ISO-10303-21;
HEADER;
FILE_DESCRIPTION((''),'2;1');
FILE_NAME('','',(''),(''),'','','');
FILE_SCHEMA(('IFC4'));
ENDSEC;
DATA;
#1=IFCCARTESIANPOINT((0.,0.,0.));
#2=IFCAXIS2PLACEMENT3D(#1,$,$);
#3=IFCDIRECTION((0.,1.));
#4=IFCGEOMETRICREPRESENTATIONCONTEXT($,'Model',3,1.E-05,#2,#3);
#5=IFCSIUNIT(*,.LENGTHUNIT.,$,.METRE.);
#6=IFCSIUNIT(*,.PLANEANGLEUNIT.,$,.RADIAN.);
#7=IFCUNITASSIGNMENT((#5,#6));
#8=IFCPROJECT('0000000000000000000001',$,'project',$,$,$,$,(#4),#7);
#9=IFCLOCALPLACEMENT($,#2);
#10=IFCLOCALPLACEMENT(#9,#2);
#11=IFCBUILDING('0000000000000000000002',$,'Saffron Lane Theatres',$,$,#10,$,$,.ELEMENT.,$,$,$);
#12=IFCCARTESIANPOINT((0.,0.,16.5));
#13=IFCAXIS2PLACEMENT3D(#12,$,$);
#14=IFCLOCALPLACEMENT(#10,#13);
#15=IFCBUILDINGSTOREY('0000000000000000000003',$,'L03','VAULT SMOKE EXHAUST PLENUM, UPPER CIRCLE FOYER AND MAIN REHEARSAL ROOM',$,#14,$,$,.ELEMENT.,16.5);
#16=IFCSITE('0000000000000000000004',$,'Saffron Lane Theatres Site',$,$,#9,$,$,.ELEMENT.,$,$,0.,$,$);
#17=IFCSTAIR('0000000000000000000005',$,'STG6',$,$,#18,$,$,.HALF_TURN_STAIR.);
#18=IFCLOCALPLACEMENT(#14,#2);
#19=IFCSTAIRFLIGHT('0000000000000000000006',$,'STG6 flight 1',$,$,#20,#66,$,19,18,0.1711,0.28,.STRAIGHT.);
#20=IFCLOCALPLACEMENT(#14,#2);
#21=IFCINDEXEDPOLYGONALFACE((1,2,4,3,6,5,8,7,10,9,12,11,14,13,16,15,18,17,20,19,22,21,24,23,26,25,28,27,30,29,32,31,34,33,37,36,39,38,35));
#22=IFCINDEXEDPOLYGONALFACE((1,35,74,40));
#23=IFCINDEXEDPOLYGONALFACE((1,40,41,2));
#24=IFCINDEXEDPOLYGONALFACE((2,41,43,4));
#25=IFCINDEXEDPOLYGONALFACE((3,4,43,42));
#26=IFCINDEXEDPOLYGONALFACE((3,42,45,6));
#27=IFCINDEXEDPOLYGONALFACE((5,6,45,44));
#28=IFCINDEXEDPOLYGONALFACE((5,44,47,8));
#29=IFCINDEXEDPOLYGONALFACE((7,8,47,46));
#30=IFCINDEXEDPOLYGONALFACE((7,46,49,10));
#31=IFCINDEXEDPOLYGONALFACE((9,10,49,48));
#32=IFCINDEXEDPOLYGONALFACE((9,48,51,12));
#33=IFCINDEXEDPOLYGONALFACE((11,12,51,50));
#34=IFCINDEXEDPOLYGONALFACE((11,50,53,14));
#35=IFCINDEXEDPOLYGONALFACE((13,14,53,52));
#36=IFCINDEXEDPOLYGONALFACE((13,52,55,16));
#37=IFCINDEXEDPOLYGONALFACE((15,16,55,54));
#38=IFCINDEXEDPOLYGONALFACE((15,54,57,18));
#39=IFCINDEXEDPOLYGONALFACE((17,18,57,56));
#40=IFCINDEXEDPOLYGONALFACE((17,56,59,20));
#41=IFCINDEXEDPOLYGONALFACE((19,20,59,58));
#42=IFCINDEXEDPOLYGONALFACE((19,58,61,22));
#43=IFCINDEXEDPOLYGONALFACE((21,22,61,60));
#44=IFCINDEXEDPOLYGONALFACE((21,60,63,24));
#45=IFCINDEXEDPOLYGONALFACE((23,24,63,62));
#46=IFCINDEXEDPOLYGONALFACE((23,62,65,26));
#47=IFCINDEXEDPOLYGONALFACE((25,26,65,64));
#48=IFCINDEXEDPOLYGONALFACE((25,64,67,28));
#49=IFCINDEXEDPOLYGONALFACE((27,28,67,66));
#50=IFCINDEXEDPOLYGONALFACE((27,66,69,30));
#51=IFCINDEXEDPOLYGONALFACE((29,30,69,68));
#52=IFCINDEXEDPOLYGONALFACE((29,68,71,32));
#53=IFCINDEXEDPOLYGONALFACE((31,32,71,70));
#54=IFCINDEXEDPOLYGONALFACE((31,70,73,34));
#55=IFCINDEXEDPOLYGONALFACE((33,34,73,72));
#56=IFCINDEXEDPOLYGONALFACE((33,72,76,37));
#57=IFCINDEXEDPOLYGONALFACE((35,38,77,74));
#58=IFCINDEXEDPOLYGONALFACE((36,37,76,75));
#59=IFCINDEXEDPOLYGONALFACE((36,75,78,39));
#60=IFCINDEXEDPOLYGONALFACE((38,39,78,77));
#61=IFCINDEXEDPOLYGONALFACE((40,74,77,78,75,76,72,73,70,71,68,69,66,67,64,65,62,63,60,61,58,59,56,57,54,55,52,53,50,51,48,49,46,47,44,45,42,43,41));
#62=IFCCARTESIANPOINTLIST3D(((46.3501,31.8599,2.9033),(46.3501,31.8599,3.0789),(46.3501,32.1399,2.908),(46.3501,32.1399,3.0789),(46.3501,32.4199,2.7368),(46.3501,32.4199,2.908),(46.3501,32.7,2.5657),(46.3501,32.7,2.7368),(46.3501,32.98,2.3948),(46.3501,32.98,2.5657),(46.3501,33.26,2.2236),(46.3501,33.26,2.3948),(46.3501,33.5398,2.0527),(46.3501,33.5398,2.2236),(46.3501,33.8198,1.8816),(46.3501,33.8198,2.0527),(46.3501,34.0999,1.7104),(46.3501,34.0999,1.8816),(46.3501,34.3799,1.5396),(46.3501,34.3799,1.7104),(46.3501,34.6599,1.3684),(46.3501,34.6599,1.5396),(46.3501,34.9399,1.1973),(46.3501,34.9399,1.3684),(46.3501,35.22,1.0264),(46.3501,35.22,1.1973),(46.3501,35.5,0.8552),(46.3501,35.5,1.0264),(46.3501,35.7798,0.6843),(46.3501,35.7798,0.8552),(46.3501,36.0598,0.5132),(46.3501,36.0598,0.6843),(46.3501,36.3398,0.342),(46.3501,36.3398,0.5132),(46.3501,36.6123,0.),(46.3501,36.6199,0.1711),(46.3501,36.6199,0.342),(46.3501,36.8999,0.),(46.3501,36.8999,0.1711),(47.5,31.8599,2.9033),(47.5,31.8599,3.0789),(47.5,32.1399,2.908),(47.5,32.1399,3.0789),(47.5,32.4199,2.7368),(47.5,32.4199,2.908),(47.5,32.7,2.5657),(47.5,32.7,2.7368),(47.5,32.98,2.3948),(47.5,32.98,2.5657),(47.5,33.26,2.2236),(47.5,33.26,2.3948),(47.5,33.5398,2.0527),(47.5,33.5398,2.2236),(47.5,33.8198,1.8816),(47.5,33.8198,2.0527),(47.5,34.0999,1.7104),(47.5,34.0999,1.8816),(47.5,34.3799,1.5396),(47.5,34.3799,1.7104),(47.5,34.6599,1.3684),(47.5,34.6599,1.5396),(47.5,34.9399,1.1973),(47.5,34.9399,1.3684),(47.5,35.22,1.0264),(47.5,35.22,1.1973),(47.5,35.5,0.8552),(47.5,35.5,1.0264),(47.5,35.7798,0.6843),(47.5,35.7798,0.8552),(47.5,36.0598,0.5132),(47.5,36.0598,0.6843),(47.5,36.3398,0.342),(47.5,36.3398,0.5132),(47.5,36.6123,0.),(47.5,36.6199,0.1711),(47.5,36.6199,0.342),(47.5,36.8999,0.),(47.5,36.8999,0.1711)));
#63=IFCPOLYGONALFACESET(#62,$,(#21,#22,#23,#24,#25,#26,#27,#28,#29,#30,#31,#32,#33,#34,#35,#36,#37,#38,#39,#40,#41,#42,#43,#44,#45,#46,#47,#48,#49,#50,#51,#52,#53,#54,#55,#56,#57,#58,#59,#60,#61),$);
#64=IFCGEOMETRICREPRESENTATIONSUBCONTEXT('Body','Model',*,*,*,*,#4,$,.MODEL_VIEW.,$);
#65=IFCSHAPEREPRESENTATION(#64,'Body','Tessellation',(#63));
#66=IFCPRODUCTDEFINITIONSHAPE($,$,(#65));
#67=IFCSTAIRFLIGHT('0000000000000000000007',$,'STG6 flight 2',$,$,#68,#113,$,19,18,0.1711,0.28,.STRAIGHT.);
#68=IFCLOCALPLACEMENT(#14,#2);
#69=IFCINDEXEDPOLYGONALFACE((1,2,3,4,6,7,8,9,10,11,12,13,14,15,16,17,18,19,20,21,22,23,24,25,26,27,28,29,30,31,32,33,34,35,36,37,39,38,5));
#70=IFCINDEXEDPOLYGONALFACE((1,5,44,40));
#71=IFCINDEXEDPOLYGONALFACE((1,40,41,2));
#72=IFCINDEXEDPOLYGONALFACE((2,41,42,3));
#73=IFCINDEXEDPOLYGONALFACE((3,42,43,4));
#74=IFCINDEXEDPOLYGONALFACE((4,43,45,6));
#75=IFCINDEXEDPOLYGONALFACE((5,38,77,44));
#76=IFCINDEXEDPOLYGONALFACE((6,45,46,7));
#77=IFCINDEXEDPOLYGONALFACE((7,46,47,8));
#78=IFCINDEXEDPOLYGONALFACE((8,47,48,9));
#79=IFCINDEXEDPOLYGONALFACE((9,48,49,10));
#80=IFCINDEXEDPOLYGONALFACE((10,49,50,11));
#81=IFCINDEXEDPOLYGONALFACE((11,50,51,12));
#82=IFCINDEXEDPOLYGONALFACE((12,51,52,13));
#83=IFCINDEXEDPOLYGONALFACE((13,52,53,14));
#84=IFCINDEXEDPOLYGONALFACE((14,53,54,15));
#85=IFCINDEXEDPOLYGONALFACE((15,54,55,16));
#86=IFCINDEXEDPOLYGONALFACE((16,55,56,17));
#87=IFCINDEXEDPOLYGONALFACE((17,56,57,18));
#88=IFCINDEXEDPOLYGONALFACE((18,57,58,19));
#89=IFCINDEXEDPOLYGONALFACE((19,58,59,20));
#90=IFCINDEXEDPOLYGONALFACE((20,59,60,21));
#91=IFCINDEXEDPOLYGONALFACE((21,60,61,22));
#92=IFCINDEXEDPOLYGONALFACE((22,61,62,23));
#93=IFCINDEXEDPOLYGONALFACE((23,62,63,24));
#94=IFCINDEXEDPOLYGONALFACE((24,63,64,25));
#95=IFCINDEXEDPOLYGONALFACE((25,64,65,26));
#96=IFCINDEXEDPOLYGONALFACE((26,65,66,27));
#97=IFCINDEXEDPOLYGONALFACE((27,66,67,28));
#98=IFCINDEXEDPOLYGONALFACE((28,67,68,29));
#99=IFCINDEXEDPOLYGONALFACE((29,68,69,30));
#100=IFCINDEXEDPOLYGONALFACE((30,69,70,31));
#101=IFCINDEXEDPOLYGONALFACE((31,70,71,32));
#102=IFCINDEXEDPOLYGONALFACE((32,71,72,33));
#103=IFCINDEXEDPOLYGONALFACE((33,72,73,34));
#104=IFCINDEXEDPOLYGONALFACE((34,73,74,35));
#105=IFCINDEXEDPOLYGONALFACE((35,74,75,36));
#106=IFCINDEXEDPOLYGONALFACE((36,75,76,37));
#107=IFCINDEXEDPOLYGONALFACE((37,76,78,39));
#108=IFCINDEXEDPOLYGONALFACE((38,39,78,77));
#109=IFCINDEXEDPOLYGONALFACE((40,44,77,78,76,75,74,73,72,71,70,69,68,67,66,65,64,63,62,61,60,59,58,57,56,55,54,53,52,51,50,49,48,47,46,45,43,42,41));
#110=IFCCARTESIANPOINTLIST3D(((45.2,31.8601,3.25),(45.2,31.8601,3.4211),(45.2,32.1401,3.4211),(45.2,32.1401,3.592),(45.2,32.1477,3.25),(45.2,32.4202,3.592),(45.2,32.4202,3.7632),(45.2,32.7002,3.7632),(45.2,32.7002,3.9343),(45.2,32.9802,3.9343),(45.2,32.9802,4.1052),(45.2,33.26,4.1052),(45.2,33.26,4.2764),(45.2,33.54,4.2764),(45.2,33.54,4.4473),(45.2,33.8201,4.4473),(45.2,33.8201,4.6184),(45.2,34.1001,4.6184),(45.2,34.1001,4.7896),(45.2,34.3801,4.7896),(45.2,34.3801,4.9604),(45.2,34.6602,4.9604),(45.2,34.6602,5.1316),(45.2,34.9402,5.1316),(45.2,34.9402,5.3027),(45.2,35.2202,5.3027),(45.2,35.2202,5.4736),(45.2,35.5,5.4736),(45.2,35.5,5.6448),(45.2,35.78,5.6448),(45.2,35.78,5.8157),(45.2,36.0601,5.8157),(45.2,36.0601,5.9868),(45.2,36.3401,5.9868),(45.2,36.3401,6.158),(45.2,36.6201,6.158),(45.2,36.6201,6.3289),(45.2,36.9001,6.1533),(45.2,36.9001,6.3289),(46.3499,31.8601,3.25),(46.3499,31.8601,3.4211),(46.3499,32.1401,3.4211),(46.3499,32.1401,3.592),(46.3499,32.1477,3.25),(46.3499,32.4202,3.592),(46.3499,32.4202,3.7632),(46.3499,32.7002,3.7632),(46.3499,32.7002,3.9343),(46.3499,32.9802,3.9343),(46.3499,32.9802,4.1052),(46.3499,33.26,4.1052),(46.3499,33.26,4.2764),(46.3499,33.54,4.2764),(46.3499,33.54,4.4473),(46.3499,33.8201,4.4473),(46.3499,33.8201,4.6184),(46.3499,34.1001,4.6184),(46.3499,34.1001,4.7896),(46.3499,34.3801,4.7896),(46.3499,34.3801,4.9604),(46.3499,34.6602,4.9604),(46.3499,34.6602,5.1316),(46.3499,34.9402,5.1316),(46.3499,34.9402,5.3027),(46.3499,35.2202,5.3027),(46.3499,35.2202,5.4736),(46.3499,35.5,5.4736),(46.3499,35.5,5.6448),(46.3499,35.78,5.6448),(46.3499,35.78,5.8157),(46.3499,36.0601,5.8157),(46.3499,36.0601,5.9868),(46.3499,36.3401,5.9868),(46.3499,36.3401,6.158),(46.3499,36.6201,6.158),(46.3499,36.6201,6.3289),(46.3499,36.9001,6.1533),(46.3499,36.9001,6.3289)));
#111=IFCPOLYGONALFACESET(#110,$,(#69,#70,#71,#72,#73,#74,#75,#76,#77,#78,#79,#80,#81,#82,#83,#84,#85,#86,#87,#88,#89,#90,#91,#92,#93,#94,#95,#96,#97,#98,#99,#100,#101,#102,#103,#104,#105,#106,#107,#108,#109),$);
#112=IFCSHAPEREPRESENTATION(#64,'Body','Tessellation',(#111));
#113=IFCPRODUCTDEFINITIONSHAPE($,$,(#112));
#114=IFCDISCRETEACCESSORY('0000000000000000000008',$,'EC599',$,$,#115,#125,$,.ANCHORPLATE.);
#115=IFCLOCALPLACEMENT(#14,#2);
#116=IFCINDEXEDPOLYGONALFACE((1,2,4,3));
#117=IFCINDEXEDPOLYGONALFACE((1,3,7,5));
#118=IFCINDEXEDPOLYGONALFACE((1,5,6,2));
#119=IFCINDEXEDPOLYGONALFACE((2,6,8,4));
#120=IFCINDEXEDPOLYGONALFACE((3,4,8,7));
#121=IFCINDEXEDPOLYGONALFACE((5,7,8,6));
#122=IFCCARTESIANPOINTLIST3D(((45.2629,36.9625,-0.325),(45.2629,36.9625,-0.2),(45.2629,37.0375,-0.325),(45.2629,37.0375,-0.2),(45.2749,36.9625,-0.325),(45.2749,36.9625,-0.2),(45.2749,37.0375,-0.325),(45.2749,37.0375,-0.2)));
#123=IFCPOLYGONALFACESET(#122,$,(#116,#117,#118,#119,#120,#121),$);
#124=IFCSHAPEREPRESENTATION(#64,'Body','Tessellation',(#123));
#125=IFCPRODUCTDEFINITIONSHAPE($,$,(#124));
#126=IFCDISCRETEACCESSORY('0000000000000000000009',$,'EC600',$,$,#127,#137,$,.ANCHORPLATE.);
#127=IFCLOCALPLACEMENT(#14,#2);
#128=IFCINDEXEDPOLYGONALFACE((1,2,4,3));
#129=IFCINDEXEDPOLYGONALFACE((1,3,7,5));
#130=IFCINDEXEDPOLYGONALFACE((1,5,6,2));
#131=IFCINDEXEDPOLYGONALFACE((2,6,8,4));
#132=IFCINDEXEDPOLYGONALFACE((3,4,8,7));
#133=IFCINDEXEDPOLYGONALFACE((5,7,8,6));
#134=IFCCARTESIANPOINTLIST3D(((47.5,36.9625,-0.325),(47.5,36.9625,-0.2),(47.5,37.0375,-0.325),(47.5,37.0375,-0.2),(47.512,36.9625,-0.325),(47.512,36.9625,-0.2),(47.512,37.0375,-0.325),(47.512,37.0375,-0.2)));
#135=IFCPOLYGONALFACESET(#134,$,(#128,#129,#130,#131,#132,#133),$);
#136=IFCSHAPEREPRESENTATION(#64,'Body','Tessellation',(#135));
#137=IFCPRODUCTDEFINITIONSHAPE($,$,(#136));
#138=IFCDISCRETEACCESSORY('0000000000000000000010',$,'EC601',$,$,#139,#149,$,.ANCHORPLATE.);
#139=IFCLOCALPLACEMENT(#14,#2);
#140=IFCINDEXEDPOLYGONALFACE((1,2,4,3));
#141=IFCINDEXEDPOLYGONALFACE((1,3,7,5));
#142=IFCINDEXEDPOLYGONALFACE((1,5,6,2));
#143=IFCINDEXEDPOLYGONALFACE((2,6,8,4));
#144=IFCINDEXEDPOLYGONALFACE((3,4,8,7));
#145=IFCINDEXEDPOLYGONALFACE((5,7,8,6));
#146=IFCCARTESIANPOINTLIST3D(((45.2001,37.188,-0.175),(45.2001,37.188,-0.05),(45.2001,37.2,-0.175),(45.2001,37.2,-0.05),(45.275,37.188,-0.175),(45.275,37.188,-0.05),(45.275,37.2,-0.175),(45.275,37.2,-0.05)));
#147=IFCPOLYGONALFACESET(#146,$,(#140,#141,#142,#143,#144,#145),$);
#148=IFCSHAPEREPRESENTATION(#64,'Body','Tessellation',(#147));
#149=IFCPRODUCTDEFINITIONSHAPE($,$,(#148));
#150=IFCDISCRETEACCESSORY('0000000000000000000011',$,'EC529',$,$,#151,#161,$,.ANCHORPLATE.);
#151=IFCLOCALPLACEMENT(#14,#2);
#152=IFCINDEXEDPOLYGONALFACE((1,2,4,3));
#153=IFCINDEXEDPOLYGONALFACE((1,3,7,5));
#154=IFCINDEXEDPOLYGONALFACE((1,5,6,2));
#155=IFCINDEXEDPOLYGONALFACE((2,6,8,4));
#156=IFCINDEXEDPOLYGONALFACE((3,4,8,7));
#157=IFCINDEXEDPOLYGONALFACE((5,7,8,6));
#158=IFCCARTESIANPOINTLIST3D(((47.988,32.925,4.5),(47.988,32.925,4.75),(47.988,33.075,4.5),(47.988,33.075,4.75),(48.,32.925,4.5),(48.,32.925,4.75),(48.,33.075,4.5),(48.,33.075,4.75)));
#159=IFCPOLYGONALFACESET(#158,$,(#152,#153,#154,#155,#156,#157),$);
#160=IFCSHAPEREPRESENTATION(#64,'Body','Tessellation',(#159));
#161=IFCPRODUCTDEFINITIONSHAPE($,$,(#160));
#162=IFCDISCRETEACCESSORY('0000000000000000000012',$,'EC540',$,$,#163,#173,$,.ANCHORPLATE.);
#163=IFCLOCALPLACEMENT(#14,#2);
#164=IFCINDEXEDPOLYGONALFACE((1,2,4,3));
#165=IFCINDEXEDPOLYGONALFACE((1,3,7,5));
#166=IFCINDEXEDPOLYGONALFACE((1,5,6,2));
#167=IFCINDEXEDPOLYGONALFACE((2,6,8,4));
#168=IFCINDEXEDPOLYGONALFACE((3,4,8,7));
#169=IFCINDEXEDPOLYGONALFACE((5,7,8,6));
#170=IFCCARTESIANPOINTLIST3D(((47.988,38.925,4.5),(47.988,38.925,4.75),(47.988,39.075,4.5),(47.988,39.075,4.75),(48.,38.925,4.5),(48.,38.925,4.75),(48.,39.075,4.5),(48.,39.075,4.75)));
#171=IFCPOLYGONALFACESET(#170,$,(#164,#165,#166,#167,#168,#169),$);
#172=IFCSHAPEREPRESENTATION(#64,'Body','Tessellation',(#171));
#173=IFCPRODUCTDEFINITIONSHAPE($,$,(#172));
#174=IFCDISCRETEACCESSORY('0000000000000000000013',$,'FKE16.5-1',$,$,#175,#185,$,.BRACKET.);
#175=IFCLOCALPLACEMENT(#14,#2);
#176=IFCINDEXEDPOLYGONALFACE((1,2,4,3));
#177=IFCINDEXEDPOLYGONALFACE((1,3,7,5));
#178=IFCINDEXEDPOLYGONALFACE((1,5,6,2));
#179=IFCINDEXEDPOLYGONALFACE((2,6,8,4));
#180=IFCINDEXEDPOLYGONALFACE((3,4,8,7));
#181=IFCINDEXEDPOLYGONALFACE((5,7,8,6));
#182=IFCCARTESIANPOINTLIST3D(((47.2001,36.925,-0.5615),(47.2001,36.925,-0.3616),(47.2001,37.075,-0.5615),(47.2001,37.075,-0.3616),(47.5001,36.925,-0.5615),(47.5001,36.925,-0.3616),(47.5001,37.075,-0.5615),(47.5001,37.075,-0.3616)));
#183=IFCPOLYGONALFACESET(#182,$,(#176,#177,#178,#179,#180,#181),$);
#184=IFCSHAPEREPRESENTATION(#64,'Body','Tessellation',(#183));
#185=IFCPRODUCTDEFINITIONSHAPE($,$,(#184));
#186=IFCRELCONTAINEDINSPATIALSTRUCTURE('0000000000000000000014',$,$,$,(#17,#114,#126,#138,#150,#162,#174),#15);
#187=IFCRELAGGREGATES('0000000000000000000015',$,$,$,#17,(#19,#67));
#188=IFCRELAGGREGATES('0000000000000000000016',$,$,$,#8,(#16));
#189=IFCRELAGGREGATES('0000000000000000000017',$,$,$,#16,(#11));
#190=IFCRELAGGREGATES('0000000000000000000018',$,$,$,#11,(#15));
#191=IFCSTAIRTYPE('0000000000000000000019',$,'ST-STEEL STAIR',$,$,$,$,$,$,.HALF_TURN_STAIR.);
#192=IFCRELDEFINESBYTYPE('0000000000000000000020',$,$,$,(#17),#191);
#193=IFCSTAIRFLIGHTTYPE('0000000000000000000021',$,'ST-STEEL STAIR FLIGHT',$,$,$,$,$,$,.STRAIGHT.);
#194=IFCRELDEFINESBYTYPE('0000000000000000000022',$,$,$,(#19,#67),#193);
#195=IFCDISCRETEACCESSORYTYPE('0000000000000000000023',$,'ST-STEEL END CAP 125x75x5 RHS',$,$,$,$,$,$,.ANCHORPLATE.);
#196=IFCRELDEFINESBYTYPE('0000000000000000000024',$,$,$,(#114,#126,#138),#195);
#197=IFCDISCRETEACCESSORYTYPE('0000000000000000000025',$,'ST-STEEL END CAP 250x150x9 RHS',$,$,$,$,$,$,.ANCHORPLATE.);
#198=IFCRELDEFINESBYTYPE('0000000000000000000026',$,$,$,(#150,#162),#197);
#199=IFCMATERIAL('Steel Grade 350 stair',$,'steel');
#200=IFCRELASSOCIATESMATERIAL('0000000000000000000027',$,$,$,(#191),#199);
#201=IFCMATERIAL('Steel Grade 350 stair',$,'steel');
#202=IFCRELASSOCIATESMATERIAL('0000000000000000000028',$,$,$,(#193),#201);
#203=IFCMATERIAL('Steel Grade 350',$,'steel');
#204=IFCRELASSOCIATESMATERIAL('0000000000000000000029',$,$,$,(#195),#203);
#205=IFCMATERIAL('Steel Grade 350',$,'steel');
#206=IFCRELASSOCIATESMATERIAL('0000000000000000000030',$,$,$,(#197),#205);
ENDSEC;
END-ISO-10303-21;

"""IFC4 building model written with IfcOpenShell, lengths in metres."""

from ifc_helpers import new_model, si_unit, direction, frame, origin, origin_2d, place, context, subcontext, project, spatial, polyline, rectangle, outline, extrude, material, material_profile, profile_set, type_object, element, aggregate, save


model = new_model("IFC4")

# Units and contexts
model_context = context("Model", 3, precision=1e-05, world=origin(), true_north=direction((0.0, 1.0)))
body_context = subcontext(model_context, "Body", "Model", "MODEL_VIEW")
ifc_project = project(units=[si_unit("LENGTHUNIT", "METRE"), si_unit("PLANEANGLEUNIT", "RADIAN")], contexts=[model_context])

# Site, building, storey
site_placement = place(None, origin())
site = spatial("IfcSite", under=ifc_project, at=site_placement, Name="Saffron Lane Theatres Site", CompositionType="ELEMENT", RefElevation=0.0)
building_placement = place(site_placement, origin())
building = spatial("IfcBuilding", under=site, at=building_placement, Name="Saffron Lane Theatres", CompositionType="ELEMENT")
storey_placement = place(building_placement, frame((0.0, 0.0, 16.5)))
storey = spatial("IfcBuildingStorey", under=building, at=storey_placement, Name="L03", Description="VAULT SMOKE EXHAUST PLENUM, UPPER CIRCLE FOYER AND MAIN REHEARSAL ROOM", CompositionType="ELEMENT", Elevation=16.5)

# Stair, stair flights
ifc_material_1 = material(Name="Steel Grade 350 stair", Category="steel")
stair_type = type_object("IfcStairType", Name="ST-STEEL STAIR", PredefinedType="HALF_TURN_STAIR", material=ifc_material_1)
stair_placement = place(storey_placement, origin())
stair = element("IfcStair", 1, at=stair_placement, inside=storey, type_object=stair_type, Name="STG6", PredefinedType="HALF_TURN_STAIR")
ifc_material_2 = material(Name="Steel Grade 350 stair", Category="steel")
stair_flight_type = type_object("IfcStairFlightType", Name="ST-STEEL STAIR FLIGHT", PredefinedType="STRAIGHT", material=ifc_material_2)
stair_flight_1_placement = place(storey_placement, frame((46.925, 36.8999, 0.0), z_axis=(0.0, 0.0, 1.0), x_axis=(0.0, -1.0, 0.0)))
stair_flight_1 = element("IfcStairFlight", 2, at=stair_flight_1_placement, type_object=stair_flight_type, Name="STG6 flight 1", NumberOfRisers=19, NumberOfTreads=18, PredefinedType="STRAIGHT", RiserHeight=0.1711, TreadLength=0.28, context=body_context, shape_type="SweptSolid", body=[
    extrude(outline(polyline([(0.0, 0.0), (0.0, 0.1711), (0.28, 0.1711), (0.28, 0.342), (0.5601, 0.342), (0.5601, 0.5132), (0.8401, 0.5132), (0.8401, 0.6843), (1.1201, 0.6843), (1.1201, 0.8552), (1.3999, 0.8552), (1.3999, 1.0264), (1.6799, 1.0264), (1.6799, 1.1973), (1.96, 1.1973), (1.96, 1.3684), (2.24, 1.3684), (2.24, 1.5396), (2.52, 1.5396), (2.52, 1.7104), (2.8, 1.7104), (2.8, 1.8816), (3.0801, 1.8816), (3.0801, 2.0527), (3.3601, 2.0527), (3.3601, 2.2236), (3.6399, 2.2236), (3.6399, 2.3948), (3.9199, 2.3948), (3.9199, 2.5657), (4.2, 2.5657), (4.2, 2.7368), (4.48, 2.7368), (4.48, 2.908), (4.76, 2.908), (4.76, 3.0789), (5.04, 3.0789), (5.04, 3.25), (5.04, 2.9033), (0.2876, 0.0), (0.0, 0.0)])), frame((0.0, 0.575, 0.0), z_axis=(0.0, -1.0, 0.0), x_axis=(1.0, 0.0, 0.0)), (0.0, 0.0, 1.0), 1.1499),
])
stair_flight_2_placement = place(storey_placement, frame((45.7749, 31.8601, 3.25), z_axis=(0.0, 0.0, 1.0), x_axis=(0.0, 1.0, 0.0)))
stair_flight_2 = element("IfcStairFlight", 3, at=stair_flight_2_placement, type_object=stair_flight_type, Name="STG6 flight 2", NumberOfRisers=19, NumberOfTreads=18, PredefinedType="STRAIGHT", RiserHeight=0.1711, TreadLength=0.28, context=body_context, shape_type="SweptSolid", body=[
    extrude(outline(polyline([(0.0, 0.0), (0.0, 0.1711), (0.28, 0.1711), (0.28, 0.342), (0.5601, 0.342), (0.5601, 0.5132), (0.8401, 0.5132), (0.8401, 0.6843), (1.1201, 0.6843), (1.1201, 0.8552), (1.3999, 0.8552), (1.3999, 1.0264), (1.6799, 1.0264), (1.6799, 1.1973), (1.96, 1.1973), (1.96, 1.3684), (2.24, 1.3684), (2.24, 1.5396), (2.52, 1.5396), (2.52, 1.7104), (2.8, 1.7104), (2.8, 1.8816), (3.0801, 1.8816), (3.0801, 2.0527), (3.3601, 2.0527), (3.3601, 2.2236), (3.6399, 2.2236), (3.6399, 2.3948), (3.9199, 2.3948), (3.9199, 2.5657), (4.2, 2.5657), (4.2, 2.7368), (4.48, 2.7368), (4.48, 2.908), (4.76, 2.908), (4.76, 3.0789), (5.04, 3.0789), (5.04, 3.25), (5.04, 2.9033), (0.2876, 0.0), (0.0, 0.0)])), frame((0.0, 0.575, 0.0), z_axis=(0.0, -1.0, 0.0), x_axis=(1.0, 0.0, 0.0)), (0.0, 0.0, 1.0), 1.1499),
])
aggregate(stair, [stair_flight_1, stair_flight_2])

# Discrete accessories
ifc_material_3 = material(Name="Steel Grade 350", Category="steel")
ifc_material_profile_1 = material_profile(ifc_material_3, rectangle(XDim=0.075, YDim=0.125, at=origin_2d()))
ifc_profile_set_1 = profile_set([ifc_material_profile_1], Name="Steel Grade 350")
discrete_accessory_type_1 = type_object("IfcDiscreteAccessoryType", Name="ST-STEEL END CAP 125x75x5 RHS", PredefinedType="ANCHORPLATE", material=ifc_profile_set_1)
for number, where, z_axis, x_axis, name in (
    (4, (45.2629, 37.0, -0.2625), (1.0, 0.0, 0.0), (0.0, 1.0, 0.0), "EC599"),
    (5, (47.5, 37.0, -0.2625), (1.0, 0.0, 0.0), (0.0, 1.0, 0.0), "EC600"),
    (6, (45.2375, 37.188, -0.1125), (0.0, 1.0, 0.0), (-1.0, 0.0, 0.0), "EC601"),
):
    element("IfcDiscreteAccessory", number, at=place(storey_placement, frame(where, z_axis=z_axis, x_axis=x_axis)), inside=storey, type_object=discrete_accessory_type_1, Name=name, PredefinedType="ANCHORPLATE", context=body_context, shape_type="SweptSolid", body=[
        extrude(rectangle(XDim=0.075, YDim=0.125, at=origin_2d()), origin(), (0.0, 0.0, 1.0), 0.012),
    ])
ifc_material_4 = material(Name="Steel Grade 350", Category="steel")
ifc_material_profile_2 = material_profile(ifc_material_4, rectangle(XDim=0.1499, YDim=0.25, at=origin_2d()))
ifc_profile_set_2 = profile_set([ifc_material_profile_2], Name="Steel Grade 350")
discrete_accessory_type_2 = type_object("IfcDiscreteAccessoryType", Name="ST-STEEL END CAP 250x150x9 RHS", PredefinedType="ANCHORPLATE", material=ifc_profile_set_2)
for number, where, z_axis, x_axis, name in (
    (7, (48.0, 33.0, 4.625), (-1.0, 0.0, 0.0), (0.0, -1.0, 0.0), "EC529"),
    (8, (48.0, 39.0, 4.625), (-1.0, 0.0, 0.0), (0.0, -1.0, 0.0), "EC540"),
):
    element("IfcDiscreteAccessory", number, at=place(storey_placement, frame(where, z_axis=z_axis, x_axis=x_axis)), inside=storey, type_object=discrete_accessory_type_2, Name=name, PredefinedType="ANCHORPLATE", context=body_context, shape_type="SweptSolid", body=[
        extrude(rectangle(XDim=0.1499, YDim=0.25, at=origin_2d()), origin(), (0.0, 0.0, 1.0), 0.012),
    ])
for number, where, z_axis, x_axis, name in (
    (9, (47.3501, 37.0, -0.5615), (0.0, 0.0, 1.0), (1.0, 0.0, 0.0), "FKE16.5-1"),
):
    element("IfcDiscreteAccessory", number, at=place(storey_placement, frame(where, z_axis=z_axis, x_axis=x_axis)), inside=storey, Name=name, PredefinedType="BRACKET", context=body_context, shape_type="SweptSolid", body=[
        extrude(rectangle(XDim=0.3, YDim=0.1499, at=origin_2d()), origin(), (0.0, 0.0, 1.0), 0.2),
    ])

save(model, "model.ifc")
